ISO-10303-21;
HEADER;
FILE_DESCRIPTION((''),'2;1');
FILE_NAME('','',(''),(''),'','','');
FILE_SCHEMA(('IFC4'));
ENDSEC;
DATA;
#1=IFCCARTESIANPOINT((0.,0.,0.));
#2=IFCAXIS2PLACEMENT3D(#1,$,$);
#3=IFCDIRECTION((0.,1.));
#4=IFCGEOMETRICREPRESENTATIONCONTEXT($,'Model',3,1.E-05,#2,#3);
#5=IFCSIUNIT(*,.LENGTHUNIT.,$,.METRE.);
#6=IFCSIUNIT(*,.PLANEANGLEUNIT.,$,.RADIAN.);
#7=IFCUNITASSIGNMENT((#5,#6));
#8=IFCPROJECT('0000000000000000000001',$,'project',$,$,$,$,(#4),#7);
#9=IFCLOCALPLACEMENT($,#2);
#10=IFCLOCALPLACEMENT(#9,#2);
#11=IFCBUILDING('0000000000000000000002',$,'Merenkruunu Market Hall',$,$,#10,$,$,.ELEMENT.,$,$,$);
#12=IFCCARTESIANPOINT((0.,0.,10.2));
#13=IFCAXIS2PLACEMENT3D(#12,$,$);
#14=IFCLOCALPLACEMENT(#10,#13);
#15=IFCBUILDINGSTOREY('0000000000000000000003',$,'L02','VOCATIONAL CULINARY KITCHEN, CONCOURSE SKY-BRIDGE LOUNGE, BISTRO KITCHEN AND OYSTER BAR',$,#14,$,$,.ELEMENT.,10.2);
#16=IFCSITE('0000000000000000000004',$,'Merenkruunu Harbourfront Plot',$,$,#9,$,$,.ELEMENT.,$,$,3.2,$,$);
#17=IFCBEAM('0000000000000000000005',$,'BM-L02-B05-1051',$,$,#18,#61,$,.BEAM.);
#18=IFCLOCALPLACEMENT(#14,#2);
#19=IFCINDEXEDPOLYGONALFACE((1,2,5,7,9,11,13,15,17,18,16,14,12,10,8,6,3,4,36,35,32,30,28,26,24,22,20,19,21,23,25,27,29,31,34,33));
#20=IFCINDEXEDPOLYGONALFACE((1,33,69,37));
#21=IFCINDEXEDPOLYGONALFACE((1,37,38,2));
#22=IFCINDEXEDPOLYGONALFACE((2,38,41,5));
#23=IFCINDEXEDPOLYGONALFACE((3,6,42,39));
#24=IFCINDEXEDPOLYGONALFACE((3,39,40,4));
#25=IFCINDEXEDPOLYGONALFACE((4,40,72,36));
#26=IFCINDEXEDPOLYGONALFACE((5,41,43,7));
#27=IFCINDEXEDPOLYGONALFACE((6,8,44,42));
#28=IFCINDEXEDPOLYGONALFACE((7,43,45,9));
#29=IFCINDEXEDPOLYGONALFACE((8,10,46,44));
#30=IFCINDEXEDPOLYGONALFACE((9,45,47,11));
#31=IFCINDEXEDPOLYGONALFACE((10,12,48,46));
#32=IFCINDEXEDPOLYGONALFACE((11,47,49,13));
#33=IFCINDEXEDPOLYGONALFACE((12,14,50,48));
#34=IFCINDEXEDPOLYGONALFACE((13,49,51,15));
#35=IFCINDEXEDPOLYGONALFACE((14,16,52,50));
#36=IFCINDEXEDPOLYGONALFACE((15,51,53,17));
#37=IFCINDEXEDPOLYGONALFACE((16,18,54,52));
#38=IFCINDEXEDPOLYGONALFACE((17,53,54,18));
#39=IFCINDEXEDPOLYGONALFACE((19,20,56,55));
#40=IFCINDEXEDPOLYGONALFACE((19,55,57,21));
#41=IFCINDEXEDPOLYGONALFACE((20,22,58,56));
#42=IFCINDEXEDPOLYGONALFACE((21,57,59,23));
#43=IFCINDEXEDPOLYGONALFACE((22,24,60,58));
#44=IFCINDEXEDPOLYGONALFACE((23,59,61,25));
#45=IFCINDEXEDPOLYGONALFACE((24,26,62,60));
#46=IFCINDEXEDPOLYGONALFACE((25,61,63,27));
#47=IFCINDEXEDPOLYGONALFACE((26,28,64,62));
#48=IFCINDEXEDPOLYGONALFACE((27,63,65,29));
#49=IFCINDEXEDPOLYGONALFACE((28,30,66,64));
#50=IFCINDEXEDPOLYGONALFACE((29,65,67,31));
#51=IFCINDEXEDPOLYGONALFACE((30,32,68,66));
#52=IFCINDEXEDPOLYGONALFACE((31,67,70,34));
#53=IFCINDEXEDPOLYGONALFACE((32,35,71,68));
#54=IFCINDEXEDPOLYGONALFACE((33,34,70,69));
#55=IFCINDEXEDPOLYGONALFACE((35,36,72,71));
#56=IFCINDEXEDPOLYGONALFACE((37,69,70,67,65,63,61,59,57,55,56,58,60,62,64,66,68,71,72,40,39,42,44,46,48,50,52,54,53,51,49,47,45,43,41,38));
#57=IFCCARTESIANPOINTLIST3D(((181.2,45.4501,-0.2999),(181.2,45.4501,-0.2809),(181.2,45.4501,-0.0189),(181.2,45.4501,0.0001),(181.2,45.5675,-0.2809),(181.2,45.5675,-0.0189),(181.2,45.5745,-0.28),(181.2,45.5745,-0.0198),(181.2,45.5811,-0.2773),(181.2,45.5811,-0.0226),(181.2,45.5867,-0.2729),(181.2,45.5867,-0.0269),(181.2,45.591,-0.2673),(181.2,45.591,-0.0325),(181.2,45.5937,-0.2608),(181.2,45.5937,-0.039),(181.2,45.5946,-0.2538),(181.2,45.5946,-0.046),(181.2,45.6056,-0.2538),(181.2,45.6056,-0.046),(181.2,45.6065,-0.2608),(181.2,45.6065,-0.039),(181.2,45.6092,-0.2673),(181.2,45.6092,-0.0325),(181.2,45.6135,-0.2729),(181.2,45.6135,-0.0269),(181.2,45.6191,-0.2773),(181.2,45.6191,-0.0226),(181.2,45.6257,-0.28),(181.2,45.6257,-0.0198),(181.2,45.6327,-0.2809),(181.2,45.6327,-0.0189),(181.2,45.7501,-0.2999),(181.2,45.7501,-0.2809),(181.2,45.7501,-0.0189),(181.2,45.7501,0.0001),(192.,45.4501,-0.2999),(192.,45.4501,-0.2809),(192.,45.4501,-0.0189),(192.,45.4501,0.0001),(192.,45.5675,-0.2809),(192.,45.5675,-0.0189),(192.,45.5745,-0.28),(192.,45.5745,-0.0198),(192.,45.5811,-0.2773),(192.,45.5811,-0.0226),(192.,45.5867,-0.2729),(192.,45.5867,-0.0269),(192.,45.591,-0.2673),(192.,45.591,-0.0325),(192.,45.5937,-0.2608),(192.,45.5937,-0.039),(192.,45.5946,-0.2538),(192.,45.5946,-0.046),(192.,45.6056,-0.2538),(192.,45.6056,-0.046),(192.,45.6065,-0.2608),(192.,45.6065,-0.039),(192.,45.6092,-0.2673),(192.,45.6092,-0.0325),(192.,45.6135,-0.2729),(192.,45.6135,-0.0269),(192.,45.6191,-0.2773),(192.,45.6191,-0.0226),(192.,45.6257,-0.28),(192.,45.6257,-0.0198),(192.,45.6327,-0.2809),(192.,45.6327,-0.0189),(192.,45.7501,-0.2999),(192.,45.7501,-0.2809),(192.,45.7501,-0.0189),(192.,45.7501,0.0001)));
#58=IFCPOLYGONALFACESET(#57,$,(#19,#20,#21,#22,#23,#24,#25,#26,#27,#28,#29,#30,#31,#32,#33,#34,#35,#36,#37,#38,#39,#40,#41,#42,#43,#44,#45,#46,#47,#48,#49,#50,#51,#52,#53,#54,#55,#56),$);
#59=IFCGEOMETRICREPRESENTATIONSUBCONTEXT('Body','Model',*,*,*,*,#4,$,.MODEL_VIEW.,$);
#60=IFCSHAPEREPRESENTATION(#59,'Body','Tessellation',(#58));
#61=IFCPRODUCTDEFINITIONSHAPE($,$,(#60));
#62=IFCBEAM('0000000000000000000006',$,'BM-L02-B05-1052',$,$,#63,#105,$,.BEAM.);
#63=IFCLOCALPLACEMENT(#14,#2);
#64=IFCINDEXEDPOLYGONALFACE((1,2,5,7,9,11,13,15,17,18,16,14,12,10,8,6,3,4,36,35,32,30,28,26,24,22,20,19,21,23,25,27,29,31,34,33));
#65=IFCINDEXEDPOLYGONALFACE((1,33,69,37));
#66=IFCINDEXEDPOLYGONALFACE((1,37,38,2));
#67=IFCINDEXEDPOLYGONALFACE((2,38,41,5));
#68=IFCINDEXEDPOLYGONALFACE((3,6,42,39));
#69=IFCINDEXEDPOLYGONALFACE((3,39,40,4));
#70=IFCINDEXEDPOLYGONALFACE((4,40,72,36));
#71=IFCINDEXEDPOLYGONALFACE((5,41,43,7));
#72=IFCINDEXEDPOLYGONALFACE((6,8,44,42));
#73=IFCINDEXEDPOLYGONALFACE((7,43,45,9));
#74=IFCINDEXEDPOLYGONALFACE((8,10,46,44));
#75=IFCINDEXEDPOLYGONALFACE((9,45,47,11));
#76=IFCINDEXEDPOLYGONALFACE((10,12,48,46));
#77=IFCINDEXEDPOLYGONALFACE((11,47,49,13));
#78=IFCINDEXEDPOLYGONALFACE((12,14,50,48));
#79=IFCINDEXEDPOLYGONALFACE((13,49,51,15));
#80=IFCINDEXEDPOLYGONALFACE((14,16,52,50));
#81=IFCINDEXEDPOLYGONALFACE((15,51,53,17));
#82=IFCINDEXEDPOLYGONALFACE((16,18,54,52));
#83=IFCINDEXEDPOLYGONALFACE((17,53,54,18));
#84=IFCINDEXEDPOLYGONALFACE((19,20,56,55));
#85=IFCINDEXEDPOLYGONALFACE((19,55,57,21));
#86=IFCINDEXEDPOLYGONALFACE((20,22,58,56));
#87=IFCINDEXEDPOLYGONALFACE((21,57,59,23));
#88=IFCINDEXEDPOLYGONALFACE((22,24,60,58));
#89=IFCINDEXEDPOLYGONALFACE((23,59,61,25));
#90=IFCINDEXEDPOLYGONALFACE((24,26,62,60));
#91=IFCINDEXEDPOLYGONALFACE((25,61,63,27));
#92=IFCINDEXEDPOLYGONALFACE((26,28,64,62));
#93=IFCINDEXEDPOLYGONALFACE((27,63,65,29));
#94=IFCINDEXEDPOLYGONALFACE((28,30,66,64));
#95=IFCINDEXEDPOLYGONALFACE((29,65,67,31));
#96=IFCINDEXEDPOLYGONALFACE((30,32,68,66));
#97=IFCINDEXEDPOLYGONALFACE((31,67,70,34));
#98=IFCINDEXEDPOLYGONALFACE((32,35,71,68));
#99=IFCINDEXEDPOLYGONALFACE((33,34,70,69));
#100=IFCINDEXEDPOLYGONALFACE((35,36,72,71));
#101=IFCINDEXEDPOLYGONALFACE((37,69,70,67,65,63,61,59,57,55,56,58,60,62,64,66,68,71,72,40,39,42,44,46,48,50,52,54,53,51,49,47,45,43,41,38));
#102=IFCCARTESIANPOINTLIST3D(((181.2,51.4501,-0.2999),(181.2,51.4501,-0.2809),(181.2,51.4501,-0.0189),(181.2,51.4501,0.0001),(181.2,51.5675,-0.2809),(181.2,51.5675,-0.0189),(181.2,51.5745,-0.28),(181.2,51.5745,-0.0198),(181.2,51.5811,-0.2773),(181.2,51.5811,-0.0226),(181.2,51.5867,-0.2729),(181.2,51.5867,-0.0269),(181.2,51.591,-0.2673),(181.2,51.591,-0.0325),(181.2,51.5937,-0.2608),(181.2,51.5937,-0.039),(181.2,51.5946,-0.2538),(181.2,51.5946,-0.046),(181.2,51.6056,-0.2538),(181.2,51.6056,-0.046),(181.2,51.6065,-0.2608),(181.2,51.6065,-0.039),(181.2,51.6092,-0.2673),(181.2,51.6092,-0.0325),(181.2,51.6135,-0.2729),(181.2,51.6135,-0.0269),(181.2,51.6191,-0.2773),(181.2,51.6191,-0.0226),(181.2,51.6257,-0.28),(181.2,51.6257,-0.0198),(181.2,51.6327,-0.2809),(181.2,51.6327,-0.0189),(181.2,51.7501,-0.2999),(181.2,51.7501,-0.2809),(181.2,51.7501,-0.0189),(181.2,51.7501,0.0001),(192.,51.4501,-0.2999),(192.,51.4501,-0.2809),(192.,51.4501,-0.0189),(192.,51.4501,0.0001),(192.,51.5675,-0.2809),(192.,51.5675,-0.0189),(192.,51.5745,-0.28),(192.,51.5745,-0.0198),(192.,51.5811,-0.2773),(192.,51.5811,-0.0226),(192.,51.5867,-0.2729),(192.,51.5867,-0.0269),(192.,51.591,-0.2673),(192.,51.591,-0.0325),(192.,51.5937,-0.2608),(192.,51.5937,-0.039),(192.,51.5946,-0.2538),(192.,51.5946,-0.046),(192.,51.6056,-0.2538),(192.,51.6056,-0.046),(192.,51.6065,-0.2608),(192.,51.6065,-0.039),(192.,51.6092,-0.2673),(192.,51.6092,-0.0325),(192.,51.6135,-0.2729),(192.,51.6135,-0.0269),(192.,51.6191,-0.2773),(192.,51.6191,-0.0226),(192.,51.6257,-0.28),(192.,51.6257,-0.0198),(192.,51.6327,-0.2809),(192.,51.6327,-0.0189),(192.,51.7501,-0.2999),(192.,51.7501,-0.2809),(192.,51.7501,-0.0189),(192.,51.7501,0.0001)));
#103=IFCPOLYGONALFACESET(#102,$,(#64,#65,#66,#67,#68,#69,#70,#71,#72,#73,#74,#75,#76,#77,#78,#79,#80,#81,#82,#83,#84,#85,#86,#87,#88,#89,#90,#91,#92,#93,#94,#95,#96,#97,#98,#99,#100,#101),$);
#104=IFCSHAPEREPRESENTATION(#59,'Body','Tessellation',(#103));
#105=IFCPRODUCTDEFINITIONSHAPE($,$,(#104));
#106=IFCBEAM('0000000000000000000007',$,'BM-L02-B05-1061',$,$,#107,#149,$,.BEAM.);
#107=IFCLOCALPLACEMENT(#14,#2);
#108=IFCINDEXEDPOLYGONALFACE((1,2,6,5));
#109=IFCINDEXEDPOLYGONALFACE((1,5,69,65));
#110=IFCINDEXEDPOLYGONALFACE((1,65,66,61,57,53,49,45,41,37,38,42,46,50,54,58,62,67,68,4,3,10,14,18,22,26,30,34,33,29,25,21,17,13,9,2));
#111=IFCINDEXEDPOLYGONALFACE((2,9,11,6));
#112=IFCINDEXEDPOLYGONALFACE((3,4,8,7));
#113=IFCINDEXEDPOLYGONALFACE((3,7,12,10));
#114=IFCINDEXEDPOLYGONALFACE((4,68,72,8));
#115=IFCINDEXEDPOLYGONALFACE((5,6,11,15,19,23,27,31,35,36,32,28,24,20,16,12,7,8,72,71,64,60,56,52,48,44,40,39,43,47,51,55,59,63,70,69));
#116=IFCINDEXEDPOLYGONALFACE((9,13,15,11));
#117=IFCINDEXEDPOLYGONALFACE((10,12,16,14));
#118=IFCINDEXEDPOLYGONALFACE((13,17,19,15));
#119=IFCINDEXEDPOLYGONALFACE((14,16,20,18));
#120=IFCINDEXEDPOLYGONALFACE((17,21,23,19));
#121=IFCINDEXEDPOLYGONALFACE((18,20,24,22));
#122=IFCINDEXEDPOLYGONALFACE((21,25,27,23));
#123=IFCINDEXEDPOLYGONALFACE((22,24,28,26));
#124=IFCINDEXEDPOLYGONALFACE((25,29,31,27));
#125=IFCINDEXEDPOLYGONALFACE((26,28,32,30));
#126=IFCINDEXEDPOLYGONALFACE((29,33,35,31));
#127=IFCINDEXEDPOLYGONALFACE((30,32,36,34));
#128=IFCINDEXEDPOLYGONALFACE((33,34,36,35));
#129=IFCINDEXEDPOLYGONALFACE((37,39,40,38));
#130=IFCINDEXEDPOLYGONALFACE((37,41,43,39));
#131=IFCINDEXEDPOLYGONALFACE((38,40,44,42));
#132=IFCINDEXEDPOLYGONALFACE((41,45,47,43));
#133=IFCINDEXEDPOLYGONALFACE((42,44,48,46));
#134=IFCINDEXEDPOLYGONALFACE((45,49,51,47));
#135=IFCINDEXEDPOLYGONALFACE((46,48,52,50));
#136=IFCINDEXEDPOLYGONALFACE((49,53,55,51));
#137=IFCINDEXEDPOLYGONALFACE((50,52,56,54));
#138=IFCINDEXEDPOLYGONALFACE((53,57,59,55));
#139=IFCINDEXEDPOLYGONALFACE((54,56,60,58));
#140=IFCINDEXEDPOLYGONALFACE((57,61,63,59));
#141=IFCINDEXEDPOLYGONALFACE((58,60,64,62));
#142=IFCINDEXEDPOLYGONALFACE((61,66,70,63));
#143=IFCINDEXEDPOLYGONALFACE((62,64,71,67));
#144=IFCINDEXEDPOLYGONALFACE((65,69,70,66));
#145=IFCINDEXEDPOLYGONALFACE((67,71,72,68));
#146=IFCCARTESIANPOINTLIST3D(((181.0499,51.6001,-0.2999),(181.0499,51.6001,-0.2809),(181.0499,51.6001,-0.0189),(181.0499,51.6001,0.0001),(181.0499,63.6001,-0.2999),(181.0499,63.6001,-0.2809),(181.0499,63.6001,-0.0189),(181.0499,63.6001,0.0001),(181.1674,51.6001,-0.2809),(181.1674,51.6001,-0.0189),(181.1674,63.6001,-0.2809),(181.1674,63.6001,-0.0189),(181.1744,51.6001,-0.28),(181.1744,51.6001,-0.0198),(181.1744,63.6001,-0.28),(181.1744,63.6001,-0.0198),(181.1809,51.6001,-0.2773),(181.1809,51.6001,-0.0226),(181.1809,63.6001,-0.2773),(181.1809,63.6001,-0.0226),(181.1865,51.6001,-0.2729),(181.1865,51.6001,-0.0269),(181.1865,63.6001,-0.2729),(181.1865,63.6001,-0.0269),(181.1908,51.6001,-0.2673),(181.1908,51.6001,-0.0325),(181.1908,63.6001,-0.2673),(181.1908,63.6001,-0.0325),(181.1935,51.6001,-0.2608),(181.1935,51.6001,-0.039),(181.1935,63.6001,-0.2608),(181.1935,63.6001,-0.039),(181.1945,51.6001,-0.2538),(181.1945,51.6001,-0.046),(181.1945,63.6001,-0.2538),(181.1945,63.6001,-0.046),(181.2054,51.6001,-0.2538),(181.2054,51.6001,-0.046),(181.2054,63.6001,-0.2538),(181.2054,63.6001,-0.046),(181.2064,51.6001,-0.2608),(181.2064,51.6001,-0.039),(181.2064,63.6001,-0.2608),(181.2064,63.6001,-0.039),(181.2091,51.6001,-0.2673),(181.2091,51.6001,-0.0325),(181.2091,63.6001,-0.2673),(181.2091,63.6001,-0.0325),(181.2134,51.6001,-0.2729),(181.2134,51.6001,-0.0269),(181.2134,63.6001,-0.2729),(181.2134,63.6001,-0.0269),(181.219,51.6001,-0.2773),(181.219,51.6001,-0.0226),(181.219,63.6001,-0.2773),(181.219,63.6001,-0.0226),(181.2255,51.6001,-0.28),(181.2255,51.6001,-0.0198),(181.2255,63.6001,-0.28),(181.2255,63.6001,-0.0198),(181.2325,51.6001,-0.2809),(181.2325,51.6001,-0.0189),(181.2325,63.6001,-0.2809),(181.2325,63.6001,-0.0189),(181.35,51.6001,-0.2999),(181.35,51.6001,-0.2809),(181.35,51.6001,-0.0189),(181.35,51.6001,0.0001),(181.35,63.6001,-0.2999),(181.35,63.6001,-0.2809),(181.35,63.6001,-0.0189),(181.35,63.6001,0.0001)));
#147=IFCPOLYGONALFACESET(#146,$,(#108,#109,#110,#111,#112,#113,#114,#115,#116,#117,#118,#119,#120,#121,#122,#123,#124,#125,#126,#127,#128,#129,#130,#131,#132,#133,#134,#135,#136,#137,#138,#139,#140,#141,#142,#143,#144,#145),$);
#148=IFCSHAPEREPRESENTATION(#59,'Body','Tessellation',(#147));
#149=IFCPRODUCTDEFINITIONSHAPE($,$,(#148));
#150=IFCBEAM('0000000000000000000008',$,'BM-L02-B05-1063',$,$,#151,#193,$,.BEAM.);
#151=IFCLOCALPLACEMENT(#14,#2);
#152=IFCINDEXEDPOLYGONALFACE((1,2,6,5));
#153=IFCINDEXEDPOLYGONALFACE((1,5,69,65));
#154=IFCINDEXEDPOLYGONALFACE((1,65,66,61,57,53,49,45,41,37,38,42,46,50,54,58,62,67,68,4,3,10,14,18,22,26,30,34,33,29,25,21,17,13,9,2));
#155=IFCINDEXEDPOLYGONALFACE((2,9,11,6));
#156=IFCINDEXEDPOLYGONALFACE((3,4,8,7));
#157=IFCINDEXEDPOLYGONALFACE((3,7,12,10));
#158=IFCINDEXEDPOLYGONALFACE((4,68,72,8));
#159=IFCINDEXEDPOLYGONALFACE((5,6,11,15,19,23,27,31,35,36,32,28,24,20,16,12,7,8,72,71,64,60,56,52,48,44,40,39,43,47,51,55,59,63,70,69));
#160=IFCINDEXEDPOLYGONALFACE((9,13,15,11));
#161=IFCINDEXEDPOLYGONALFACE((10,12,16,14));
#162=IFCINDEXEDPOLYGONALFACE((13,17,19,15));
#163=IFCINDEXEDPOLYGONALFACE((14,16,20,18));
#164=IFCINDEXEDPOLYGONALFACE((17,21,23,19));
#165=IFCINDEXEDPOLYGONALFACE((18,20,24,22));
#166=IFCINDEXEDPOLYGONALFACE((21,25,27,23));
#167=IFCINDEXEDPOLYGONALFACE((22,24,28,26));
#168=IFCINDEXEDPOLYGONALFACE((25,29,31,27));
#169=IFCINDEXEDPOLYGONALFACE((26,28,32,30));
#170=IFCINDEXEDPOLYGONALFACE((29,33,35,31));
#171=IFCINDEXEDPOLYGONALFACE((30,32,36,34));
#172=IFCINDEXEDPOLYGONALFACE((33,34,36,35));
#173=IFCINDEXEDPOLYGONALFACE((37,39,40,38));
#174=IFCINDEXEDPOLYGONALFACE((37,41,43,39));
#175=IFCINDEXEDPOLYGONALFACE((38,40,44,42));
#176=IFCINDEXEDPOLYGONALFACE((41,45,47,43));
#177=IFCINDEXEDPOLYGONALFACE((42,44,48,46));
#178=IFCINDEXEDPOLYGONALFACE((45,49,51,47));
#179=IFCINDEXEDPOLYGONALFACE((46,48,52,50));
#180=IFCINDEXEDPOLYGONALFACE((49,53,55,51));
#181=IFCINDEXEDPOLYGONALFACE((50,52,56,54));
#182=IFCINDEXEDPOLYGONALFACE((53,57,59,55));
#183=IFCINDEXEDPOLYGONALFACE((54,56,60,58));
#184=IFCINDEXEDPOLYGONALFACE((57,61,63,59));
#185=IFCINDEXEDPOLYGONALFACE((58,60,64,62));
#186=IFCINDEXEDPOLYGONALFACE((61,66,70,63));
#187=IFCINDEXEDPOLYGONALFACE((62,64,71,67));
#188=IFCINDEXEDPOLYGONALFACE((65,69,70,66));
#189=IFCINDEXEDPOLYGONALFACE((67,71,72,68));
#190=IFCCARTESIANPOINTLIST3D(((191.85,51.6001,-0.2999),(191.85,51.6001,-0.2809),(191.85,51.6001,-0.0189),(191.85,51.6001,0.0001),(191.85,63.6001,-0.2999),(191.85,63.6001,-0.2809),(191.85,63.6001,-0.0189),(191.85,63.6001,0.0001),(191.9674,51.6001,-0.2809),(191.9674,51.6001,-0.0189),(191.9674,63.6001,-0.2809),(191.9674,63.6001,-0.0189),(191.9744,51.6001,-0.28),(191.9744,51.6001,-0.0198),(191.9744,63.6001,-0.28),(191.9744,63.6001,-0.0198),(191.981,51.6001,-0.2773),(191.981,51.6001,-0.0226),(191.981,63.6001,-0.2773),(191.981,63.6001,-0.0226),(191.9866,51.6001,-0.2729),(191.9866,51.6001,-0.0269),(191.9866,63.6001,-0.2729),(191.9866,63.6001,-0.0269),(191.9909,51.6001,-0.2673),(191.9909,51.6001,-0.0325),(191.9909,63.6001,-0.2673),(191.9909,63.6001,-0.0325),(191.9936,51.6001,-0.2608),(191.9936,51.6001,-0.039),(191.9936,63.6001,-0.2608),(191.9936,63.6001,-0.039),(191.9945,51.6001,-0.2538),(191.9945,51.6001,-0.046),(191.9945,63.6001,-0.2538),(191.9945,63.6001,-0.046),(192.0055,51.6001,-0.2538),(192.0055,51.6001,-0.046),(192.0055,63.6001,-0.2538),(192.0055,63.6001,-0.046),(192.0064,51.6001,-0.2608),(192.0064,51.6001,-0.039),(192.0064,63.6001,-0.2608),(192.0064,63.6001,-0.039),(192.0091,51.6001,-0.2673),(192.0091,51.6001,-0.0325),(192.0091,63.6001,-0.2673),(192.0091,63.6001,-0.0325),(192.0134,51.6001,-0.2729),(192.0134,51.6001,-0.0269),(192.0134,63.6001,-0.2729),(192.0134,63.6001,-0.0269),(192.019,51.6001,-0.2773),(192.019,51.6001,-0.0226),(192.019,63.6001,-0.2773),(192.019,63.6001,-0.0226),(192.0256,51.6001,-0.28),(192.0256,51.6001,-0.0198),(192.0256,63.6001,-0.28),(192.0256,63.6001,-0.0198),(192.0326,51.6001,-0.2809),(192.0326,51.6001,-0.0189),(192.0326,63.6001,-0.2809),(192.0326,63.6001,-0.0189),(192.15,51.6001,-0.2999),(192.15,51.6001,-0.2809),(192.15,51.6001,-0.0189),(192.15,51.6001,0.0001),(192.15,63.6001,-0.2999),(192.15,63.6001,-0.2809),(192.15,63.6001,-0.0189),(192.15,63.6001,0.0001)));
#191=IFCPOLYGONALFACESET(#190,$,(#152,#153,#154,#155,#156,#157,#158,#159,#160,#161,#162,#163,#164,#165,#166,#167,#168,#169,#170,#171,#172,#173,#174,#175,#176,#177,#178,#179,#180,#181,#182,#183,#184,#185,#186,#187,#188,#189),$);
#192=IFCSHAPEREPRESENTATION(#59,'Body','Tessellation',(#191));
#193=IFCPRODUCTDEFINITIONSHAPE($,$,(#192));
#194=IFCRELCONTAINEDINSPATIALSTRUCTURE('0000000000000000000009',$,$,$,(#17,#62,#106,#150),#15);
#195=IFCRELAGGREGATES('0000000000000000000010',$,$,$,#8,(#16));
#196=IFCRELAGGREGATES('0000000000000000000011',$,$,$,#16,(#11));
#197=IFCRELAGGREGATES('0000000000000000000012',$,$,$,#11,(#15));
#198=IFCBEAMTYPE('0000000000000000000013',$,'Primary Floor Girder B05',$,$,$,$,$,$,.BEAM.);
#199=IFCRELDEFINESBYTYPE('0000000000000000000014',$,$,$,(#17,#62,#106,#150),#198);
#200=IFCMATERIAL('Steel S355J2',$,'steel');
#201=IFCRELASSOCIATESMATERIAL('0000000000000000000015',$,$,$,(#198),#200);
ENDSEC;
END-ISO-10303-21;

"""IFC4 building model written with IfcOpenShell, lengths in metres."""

from ifc_helpers import new_model, si_unit, direction, frame, origin, origin_2d, place, context, subcontext, project, spatial, i_section, extrude, material, material_profile, profile_set, type_object, element, save


model = new_model("IFC4")

# Units and contexts
model_context = context("Model", 3, precision=1e-05, world=origin(), true_north=direction((0.0, 1.0)))
body_context = subcontext(model_context, "Body", "Model", "MODEL_VIEW")
ifc_project = project(units=[si_unit("LENGTHUNIT", "METRE"), si_unit("PLANEANGLEUNIT", "RADIAN")], contexts=[model_context])

# Site, building, storey
site_placement = place(None, origin())
site = spatial("IfcSite", under=ifc_project, at=site_placement, Name="Merenkruunu Harbourfront Plot", CompositionType="ELEMENT", RefElevation=3.2)
building_placement = place(site_placement, origin())
building = spatial("IfcBuilding", under=site, at=building_placement, Name="Merenkruunu Market Hall", CompositionType="ELEMENT")
storey_placement = place(building_placement, frame((0.0, 0.0, 10.2)))
storey = spatial("IfcBuildingStorey", under=building, at=storey_placement, Name="L02", Description="VOCATIONAL CULINARY KITCHEN, CONCOURSE SKY-BRIDGE LOUNGE, BISTRO KITCHEN AND OYSTER BAR", CompositionType="ELEMENT", Elevation=10.2)

# Beams
ifc_material_1 = material(Name="Steel S355J2", Category="steel")
ifc_material_profile_1 = material_profile(ifc_material_1, i_section(OverallWidth=0.3, OverallDepth=0.3, WebThickness=0.011, FlangeThickness=0.019, FilletRadius=0.0271, at=origin_2d()), Name="HEB 300")
ifc_profile_set_1 = profile_set([ifc_material_profile_1], Name="Steel S355J2")
beam_type = type_object("IfcBeamType", Name="Primary Floor Girder B05", PredefinedType="BEAM", material=ifc_profile_set_1)
for number, where, z_axis, x_axis, name in (
    (1, (181.2, 45.6001, -0.1499), (1.0, 0.0, 0.0), (0.0, 1.0, 0.0), "BM-L02-B05-1051"),
    (2, (181.2, 51.6001, -0.1499), (1.0, 0.0, 0.0), (0.0, 1.0, 0.0), "BM-L02-B05-1052"),
):
    element("IfcBeam", number, at=place(storey_placement, frame(where, z_axis=z_axis, x_axis=x_axis)), inside=storey, type_object=beam_type, Name=name, PredefinedType="BEAM", context=body_context, shape_type="SweptSolid", body=[
        extrude(i_section(OverallWidth=0.3, OverallDepth=0.3, WebThickness=0.011, FlangeThickness=0.019, FilletRadius=0.0271, at=origin_2d()), origin(), (0.0, 0.0, 1.0), 10.8),
    ])
for number, where, z_axis, x_axis, name in (
    (3, (181.2, 51.6001, -0.1499), (0.0, 1.0, 0.0), (-1.0, 0.0, 0.0), "BM-L02-B05-1061"),
    (4, (192.0, 51.6001, -0.1499), (0.0, 1.0, 0.0), (-1.0, 0.0, 0.0), "BM-L02-B05-1063"),
):
    element("IfcBeam", number, at=place(storey_placement, frame(where, z_axis=z_axis, x_axis=x_axis)), inside=storey, type_object=beam_type, Name=name, PredefinedType="BEAM", context=body_context, shape_type="SweptSolid", body=[
        extrude(i_section(OverallWidth=0.3, OverallDepth=0.3, WebThickness=0.011, FlangeThickness=0.019, FilletRadius=0.0271, at=origin_2d()), origin(), (0.0, 0.0, 1.0), 12.0),
    ])

save(model, "model.ifc")
